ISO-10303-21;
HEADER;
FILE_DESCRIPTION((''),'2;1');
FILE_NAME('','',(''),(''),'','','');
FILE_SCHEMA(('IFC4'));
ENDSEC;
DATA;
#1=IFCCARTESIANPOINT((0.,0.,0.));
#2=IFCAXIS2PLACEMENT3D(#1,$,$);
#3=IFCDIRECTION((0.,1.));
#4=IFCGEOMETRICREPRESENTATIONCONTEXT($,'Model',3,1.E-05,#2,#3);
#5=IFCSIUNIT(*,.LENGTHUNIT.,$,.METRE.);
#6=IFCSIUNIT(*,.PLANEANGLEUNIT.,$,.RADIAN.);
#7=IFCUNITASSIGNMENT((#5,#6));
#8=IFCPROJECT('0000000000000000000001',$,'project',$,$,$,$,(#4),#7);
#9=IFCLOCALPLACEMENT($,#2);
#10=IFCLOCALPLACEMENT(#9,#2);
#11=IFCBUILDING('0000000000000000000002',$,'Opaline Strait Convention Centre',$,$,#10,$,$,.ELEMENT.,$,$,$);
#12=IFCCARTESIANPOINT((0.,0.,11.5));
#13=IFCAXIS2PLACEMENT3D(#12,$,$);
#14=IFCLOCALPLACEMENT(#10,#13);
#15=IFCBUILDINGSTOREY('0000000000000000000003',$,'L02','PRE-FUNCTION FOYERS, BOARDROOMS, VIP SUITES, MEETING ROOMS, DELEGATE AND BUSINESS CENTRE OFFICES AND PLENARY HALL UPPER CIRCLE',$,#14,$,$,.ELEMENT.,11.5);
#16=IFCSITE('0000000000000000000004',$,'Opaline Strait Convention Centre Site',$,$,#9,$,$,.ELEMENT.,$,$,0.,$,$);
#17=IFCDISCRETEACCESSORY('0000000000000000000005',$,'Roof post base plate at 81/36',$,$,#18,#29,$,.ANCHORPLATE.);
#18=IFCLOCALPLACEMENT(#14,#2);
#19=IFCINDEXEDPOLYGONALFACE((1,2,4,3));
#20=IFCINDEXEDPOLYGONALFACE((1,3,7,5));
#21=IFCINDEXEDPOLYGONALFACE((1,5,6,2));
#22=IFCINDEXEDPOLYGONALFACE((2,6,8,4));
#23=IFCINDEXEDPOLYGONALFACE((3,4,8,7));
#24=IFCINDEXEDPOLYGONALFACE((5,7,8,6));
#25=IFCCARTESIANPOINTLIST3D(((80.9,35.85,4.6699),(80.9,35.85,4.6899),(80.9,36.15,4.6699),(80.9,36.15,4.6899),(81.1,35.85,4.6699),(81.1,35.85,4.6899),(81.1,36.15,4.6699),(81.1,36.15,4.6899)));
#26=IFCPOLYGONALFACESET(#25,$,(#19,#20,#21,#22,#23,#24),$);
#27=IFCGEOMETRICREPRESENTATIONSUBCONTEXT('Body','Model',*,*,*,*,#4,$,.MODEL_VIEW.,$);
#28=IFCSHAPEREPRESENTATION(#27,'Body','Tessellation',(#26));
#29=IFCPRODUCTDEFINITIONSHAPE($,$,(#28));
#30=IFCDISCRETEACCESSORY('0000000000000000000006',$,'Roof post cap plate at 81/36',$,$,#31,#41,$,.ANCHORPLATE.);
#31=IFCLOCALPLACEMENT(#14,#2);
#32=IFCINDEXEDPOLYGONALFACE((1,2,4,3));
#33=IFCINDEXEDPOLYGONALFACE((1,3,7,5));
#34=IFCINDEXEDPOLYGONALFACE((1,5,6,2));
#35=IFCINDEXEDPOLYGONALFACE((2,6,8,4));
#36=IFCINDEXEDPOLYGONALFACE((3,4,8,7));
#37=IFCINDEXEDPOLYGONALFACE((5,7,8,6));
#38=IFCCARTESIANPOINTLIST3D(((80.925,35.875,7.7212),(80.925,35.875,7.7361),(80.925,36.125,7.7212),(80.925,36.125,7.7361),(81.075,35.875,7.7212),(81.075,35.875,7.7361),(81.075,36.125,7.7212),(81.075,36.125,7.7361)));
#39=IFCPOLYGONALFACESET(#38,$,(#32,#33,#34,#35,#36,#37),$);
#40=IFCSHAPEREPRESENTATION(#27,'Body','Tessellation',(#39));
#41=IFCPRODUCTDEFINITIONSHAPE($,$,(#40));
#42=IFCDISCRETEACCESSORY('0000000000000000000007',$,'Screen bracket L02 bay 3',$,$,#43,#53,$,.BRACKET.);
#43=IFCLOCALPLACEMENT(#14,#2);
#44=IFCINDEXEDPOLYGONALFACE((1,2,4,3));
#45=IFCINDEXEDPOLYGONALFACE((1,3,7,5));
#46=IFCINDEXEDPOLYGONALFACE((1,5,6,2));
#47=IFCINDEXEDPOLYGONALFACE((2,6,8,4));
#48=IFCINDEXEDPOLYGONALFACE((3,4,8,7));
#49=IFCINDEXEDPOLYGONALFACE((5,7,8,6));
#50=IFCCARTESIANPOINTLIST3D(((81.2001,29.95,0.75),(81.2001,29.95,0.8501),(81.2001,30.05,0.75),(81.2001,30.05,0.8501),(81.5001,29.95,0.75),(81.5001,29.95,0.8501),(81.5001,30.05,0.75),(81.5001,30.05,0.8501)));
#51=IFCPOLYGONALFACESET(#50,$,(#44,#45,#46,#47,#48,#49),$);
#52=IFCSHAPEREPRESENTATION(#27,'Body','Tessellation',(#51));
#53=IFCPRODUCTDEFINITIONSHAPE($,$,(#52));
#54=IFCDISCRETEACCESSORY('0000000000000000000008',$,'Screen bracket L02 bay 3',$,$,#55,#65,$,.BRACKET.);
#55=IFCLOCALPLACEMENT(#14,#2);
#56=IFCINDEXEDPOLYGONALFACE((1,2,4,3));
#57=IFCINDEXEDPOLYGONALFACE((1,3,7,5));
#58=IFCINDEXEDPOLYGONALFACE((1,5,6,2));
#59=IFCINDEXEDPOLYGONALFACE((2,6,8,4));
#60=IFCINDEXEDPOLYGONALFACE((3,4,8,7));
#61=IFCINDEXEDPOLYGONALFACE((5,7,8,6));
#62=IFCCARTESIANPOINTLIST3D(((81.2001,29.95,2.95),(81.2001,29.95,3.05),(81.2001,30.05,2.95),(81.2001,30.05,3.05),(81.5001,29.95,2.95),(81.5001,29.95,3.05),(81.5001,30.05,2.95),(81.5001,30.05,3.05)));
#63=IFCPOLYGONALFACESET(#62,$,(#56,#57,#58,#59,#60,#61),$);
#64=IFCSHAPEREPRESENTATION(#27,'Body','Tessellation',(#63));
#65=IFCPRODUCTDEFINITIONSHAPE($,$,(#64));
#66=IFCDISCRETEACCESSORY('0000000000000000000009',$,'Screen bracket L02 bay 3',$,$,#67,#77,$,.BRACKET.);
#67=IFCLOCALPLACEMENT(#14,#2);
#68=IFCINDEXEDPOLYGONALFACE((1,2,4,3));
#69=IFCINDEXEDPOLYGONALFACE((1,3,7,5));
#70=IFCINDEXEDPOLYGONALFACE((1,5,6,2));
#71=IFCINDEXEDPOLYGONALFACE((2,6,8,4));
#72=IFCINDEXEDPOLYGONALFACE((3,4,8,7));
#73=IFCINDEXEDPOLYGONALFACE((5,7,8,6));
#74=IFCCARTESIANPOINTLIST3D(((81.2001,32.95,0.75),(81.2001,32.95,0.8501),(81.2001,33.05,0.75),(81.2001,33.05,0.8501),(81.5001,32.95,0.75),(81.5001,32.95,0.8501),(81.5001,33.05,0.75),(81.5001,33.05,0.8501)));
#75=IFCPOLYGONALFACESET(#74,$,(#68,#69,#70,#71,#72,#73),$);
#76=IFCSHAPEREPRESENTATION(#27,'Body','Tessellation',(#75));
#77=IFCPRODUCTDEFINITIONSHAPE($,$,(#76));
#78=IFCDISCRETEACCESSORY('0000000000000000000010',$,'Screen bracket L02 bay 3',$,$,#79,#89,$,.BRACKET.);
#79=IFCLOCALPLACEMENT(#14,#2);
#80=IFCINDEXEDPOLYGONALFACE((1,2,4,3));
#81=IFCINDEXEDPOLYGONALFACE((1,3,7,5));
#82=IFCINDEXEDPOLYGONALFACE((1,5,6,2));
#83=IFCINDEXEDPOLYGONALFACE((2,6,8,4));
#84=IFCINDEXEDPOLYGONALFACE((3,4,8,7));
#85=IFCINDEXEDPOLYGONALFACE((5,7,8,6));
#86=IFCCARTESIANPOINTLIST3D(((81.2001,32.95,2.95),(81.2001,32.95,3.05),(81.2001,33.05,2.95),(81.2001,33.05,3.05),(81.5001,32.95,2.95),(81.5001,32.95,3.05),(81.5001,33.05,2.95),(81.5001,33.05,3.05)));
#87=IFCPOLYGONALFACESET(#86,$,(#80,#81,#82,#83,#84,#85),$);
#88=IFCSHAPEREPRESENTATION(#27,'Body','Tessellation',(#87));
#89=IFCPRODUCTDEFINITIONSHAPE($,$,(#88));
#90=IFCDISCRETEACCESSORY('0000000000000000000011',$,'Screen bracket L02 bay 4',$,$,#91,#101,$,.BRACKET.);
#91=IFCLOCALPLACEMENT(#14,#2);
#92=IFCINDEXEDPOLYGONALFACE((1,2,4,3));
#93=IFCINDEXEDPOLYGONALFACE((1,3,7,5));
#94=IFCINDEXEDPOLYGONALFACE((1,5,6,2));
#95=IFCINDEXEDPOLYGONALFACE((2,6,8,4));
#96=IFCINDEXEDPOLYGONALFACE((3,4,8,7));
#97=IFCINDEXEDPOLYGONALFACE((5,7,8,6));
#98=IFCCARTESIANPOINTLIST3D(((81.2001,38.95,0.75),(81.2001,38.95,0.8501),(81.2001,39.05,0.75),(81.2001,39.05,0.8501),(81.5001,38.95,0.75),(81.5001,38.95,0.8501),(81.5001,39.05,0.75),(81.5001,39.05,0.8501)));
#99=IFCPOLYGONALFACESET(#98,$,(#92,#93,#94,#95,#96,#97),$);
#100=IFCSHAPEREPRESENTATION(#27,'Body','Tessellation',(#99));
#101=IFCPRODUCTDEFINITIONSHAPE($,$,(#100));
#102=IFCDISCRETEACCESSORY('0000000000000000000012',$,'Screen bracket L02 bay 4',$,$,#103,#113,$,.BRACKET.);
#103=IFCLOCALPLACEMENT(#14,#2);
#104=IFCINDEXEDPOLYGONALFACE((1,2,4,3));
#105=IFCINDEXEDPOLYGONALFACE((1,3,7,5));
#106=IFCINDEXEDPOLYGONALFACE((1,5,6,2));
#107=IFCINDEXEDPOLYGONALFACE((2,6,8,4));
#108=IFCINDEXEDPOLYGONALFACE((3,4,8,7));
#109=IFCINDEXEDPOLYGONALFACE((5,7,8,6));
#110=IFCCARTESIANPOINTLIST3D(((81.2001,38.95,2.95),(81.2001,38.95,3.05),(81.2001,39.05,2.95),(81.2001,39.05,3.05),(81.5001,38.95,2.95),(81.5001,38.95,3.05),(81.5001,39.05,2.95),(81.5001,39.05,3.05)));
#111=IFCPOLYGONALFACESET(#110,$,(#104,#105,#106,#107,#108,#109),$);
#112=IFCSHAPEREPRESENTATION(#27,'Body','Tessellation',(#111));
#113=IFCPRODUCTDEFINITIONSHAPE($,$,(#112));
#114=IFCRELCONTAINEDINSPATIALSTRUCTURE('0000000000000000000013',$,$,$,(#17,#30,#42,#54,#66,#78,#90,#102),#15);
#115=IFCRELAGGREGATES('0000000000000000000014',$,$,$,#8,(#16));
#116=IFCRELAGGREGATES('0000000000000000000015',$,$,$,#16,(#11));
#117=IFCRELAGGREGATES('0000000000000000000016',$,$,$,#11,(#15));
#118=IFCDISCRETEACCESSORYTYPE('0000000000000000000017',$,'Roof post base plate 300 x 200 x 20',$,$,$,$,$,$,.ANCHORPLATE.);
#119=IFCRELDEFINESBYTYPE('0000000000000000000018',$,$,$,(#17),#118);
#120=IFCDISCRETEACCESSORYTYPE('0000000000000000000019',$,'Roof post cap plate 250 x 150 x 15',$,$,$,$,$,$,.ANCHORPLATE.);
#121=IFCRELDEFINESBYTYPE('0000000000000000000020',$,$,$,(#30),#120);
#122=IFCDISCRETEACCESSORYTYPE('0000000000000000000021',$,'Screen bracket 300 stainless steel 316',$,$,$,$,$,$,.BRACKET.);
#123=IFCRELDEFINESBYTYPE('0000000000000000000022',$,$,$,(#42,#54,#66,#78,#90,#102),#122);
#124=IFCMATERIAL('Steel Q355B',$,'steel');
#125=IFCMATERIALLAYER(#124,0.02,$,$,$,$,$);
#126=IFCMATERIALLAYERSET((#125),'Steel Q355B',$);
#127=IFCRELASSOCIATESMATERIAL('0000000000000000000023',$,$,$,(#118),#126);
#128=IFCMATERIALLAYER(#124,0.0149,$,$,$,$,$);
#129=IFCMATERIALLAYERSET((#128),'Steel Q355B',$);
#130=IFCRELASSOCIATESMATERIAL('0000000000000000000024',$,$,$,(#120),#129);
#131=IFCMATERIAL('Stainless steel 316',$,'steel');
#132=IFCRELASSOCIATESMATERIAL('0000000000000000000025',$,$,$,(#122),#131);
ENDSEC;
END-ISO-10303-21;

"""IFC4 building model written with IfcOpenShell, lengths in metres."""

from ifc_helpers import new_model, si_unit, direction, frame, origin, origin_2d, place, context, subcontext, project, spatial, rectangle, extrude, material, layer, layer_set, type_object, element, save


model = new_model("IFC4")

# Units and contexts
model_context = context("Model", 3, precision=1e-05, world=origin(), true_north=direction((0.0, 1.0)))
body_context = subcontext(model_context, "Body", "Model", "MODEL_VIEW")
ifc_project = project(units=[si_unit("LENGTHUNIT", "METRE"), si_unit("PLANEANGLEUNIT", "RADIAN")], contexts=[model_context])

# Site, building, storey
site_placement = place(None, origin())
site = spatial("IfcSite", under=ifc_project, at=site_placement, Name="Opaline Strait Convention Centre Site", CompositionType="ELEMENT", RefElevation=0.0)
building_placement = place(site_placement, origin())
building = spatial("IfcBuilding", under=site, at=building_placement, Name="Opaline Strait Convention Centre", CompositionType="ELEMENT")
storey_placement = place(building_placement, frame((0.0, 0.0, 11.5)))
storey = spatial("IfcBuildingStorey", under=building, at=storey_placement, Name="L02", Description="PRE-FUNCTION FOYERS, BOARDROOMS, VIP SUITES, MEETING ROOMS, DELEGATE AND BUSINESS CENTRE OFFICES AND PLENARY HALL UPPER CIRCLE", CompositionType="ELEMENT", Elevation=11.5)

# Shared definitions
ifc_material_1 = material(Name="Steel Q355B", Category="steel")

# Discrete accessories
ifc_layer_1 = layer(ifc_material_1, 0.02)
ifc_layer_set_1 = layer_set([ifc_layer_1], Name="Steel Q355B")
discrete_accessory_type_1 = type_object("IfcDiscreteAccessoryType", Name="Roof post base plate 300 x 200 x 20", PredefinedType="ANCHORPLATE", material=ifc_layer_set_1)
discrete_accessory_1_placement = place(storey_placement, frame((81.0, 36.0, 4.6699), z_axis=(0.0, 0.0, 1.0), x_axis=(1.0, 0.0, 0.0)))
element("IfcDiscreteAccessory", 1, at=discrete_accessory_1_placement, inside=storey, type_object=discrete_accessory_type_1, Name="Roof post base plate at 81/36", PredefinedType="ANCHORPLATE", context=body_context, shape_type="SweptSolid", body=[
    extrude(rectangle(XDim=0.2, YDim=0.3, at=origin_2d()), origin(), (0.0, 0.0, 1.0), 0.02),
])
ifc_layer_2 = layer(ifc_material_1, 0.0149)
ifc_layer_set_2 = layer_set([ifc_layer_2], Name="Steel Q355B")
discrete_accessory_type_2 = type_object("IfcDiscreteAccessoryType", Name="Roof post cap plate 250 x 150 x 15", PredefinedType="ANCHORPLATE", material=ifc_layer_set_2)
discrete_accessory_2_placement = place(storey_placement, frame((81.0, 36.0, 7.7212), z_axis=(0.0, 0.0, 1.0), x_axis=(1.0, 0.0, 0.0)))
element("IfcDiscreteAccessory", 2, at=discrete_accessory_2_placement, inside=storey, type_object=discrete_accessory_type_2, Name="Roof post cap plate at 81/36", PredefinedType="ANCHORPLATE", context=body_context, shape_type="SweptSolid", body=[
    extrude(rectangle(XDim=0.1499, YDim=0.25, at=origin_2d()), origin(), (0.0, 0.0, 1.0), 0.0149),
])
ifc_material_2 = material(Name="Stainless steel 316", Category="steel")
discrete_accessory_type_3 = type_object("IfcDiscreteAccessoryType", Name="Screen bracket 300 stainless steel 316", PredefinedType="BRACKET", material=ifc_material_2)
for number, where, z_axis, x_axis, name in (
    (3, (81.3501, 30.0, 0.75), (0.0, 0.0, 1.0), (1.0, 0.0, 0.0), "Screen bracket L02 bay 3"),
    (4, (81.3501, 30.0, 2.95), (0.0, 0.0, 1.0), (1.0, 0.0, 0.0), "Screen bracket L02 bay 3"),
    (5, (81.3501, 33.0, 0.75), (0.0, 0.0, 1.0), (1.0, 0.0, 0.0), "Screen bracket L02 bay 3"),
    (6, (81.3501, 33.0, 2.95), (0.0, 0.0, 1.0), (1.0, 0.0, 0.0), "Screen bracket L02 bay 3"),
    (7, (81.3501, 39.0, 0.75), (0.0, 0.0, 1.0), (1.0, 0.0, 0.0), "Screen bracket L02 bay 4"),
    (8, (81.3501, 39.0, 2.95), (0.0, 0.0, 1.0), (1.0, 0.0, 0.0), "Screen bracket L02 bay 4"),
):
    element("IfcDiscreteAccessory", number, at=place(storey_placement, frame(where, z_axis=z_axis, x_axis=x_axis)), inside=storey, type_object=discrete_accessory_type_3, Name=name, PredefinedType="BRACKET", context=body_context, shape_type="SweptSolid", body=[
        extrude(rectangle(XDim=0.3, YDim=0.1001, at=origin_2d()), origin(), (0.0, 0.0, 1.0), 0.1001),
    ])

save(model, "model.ifc")
